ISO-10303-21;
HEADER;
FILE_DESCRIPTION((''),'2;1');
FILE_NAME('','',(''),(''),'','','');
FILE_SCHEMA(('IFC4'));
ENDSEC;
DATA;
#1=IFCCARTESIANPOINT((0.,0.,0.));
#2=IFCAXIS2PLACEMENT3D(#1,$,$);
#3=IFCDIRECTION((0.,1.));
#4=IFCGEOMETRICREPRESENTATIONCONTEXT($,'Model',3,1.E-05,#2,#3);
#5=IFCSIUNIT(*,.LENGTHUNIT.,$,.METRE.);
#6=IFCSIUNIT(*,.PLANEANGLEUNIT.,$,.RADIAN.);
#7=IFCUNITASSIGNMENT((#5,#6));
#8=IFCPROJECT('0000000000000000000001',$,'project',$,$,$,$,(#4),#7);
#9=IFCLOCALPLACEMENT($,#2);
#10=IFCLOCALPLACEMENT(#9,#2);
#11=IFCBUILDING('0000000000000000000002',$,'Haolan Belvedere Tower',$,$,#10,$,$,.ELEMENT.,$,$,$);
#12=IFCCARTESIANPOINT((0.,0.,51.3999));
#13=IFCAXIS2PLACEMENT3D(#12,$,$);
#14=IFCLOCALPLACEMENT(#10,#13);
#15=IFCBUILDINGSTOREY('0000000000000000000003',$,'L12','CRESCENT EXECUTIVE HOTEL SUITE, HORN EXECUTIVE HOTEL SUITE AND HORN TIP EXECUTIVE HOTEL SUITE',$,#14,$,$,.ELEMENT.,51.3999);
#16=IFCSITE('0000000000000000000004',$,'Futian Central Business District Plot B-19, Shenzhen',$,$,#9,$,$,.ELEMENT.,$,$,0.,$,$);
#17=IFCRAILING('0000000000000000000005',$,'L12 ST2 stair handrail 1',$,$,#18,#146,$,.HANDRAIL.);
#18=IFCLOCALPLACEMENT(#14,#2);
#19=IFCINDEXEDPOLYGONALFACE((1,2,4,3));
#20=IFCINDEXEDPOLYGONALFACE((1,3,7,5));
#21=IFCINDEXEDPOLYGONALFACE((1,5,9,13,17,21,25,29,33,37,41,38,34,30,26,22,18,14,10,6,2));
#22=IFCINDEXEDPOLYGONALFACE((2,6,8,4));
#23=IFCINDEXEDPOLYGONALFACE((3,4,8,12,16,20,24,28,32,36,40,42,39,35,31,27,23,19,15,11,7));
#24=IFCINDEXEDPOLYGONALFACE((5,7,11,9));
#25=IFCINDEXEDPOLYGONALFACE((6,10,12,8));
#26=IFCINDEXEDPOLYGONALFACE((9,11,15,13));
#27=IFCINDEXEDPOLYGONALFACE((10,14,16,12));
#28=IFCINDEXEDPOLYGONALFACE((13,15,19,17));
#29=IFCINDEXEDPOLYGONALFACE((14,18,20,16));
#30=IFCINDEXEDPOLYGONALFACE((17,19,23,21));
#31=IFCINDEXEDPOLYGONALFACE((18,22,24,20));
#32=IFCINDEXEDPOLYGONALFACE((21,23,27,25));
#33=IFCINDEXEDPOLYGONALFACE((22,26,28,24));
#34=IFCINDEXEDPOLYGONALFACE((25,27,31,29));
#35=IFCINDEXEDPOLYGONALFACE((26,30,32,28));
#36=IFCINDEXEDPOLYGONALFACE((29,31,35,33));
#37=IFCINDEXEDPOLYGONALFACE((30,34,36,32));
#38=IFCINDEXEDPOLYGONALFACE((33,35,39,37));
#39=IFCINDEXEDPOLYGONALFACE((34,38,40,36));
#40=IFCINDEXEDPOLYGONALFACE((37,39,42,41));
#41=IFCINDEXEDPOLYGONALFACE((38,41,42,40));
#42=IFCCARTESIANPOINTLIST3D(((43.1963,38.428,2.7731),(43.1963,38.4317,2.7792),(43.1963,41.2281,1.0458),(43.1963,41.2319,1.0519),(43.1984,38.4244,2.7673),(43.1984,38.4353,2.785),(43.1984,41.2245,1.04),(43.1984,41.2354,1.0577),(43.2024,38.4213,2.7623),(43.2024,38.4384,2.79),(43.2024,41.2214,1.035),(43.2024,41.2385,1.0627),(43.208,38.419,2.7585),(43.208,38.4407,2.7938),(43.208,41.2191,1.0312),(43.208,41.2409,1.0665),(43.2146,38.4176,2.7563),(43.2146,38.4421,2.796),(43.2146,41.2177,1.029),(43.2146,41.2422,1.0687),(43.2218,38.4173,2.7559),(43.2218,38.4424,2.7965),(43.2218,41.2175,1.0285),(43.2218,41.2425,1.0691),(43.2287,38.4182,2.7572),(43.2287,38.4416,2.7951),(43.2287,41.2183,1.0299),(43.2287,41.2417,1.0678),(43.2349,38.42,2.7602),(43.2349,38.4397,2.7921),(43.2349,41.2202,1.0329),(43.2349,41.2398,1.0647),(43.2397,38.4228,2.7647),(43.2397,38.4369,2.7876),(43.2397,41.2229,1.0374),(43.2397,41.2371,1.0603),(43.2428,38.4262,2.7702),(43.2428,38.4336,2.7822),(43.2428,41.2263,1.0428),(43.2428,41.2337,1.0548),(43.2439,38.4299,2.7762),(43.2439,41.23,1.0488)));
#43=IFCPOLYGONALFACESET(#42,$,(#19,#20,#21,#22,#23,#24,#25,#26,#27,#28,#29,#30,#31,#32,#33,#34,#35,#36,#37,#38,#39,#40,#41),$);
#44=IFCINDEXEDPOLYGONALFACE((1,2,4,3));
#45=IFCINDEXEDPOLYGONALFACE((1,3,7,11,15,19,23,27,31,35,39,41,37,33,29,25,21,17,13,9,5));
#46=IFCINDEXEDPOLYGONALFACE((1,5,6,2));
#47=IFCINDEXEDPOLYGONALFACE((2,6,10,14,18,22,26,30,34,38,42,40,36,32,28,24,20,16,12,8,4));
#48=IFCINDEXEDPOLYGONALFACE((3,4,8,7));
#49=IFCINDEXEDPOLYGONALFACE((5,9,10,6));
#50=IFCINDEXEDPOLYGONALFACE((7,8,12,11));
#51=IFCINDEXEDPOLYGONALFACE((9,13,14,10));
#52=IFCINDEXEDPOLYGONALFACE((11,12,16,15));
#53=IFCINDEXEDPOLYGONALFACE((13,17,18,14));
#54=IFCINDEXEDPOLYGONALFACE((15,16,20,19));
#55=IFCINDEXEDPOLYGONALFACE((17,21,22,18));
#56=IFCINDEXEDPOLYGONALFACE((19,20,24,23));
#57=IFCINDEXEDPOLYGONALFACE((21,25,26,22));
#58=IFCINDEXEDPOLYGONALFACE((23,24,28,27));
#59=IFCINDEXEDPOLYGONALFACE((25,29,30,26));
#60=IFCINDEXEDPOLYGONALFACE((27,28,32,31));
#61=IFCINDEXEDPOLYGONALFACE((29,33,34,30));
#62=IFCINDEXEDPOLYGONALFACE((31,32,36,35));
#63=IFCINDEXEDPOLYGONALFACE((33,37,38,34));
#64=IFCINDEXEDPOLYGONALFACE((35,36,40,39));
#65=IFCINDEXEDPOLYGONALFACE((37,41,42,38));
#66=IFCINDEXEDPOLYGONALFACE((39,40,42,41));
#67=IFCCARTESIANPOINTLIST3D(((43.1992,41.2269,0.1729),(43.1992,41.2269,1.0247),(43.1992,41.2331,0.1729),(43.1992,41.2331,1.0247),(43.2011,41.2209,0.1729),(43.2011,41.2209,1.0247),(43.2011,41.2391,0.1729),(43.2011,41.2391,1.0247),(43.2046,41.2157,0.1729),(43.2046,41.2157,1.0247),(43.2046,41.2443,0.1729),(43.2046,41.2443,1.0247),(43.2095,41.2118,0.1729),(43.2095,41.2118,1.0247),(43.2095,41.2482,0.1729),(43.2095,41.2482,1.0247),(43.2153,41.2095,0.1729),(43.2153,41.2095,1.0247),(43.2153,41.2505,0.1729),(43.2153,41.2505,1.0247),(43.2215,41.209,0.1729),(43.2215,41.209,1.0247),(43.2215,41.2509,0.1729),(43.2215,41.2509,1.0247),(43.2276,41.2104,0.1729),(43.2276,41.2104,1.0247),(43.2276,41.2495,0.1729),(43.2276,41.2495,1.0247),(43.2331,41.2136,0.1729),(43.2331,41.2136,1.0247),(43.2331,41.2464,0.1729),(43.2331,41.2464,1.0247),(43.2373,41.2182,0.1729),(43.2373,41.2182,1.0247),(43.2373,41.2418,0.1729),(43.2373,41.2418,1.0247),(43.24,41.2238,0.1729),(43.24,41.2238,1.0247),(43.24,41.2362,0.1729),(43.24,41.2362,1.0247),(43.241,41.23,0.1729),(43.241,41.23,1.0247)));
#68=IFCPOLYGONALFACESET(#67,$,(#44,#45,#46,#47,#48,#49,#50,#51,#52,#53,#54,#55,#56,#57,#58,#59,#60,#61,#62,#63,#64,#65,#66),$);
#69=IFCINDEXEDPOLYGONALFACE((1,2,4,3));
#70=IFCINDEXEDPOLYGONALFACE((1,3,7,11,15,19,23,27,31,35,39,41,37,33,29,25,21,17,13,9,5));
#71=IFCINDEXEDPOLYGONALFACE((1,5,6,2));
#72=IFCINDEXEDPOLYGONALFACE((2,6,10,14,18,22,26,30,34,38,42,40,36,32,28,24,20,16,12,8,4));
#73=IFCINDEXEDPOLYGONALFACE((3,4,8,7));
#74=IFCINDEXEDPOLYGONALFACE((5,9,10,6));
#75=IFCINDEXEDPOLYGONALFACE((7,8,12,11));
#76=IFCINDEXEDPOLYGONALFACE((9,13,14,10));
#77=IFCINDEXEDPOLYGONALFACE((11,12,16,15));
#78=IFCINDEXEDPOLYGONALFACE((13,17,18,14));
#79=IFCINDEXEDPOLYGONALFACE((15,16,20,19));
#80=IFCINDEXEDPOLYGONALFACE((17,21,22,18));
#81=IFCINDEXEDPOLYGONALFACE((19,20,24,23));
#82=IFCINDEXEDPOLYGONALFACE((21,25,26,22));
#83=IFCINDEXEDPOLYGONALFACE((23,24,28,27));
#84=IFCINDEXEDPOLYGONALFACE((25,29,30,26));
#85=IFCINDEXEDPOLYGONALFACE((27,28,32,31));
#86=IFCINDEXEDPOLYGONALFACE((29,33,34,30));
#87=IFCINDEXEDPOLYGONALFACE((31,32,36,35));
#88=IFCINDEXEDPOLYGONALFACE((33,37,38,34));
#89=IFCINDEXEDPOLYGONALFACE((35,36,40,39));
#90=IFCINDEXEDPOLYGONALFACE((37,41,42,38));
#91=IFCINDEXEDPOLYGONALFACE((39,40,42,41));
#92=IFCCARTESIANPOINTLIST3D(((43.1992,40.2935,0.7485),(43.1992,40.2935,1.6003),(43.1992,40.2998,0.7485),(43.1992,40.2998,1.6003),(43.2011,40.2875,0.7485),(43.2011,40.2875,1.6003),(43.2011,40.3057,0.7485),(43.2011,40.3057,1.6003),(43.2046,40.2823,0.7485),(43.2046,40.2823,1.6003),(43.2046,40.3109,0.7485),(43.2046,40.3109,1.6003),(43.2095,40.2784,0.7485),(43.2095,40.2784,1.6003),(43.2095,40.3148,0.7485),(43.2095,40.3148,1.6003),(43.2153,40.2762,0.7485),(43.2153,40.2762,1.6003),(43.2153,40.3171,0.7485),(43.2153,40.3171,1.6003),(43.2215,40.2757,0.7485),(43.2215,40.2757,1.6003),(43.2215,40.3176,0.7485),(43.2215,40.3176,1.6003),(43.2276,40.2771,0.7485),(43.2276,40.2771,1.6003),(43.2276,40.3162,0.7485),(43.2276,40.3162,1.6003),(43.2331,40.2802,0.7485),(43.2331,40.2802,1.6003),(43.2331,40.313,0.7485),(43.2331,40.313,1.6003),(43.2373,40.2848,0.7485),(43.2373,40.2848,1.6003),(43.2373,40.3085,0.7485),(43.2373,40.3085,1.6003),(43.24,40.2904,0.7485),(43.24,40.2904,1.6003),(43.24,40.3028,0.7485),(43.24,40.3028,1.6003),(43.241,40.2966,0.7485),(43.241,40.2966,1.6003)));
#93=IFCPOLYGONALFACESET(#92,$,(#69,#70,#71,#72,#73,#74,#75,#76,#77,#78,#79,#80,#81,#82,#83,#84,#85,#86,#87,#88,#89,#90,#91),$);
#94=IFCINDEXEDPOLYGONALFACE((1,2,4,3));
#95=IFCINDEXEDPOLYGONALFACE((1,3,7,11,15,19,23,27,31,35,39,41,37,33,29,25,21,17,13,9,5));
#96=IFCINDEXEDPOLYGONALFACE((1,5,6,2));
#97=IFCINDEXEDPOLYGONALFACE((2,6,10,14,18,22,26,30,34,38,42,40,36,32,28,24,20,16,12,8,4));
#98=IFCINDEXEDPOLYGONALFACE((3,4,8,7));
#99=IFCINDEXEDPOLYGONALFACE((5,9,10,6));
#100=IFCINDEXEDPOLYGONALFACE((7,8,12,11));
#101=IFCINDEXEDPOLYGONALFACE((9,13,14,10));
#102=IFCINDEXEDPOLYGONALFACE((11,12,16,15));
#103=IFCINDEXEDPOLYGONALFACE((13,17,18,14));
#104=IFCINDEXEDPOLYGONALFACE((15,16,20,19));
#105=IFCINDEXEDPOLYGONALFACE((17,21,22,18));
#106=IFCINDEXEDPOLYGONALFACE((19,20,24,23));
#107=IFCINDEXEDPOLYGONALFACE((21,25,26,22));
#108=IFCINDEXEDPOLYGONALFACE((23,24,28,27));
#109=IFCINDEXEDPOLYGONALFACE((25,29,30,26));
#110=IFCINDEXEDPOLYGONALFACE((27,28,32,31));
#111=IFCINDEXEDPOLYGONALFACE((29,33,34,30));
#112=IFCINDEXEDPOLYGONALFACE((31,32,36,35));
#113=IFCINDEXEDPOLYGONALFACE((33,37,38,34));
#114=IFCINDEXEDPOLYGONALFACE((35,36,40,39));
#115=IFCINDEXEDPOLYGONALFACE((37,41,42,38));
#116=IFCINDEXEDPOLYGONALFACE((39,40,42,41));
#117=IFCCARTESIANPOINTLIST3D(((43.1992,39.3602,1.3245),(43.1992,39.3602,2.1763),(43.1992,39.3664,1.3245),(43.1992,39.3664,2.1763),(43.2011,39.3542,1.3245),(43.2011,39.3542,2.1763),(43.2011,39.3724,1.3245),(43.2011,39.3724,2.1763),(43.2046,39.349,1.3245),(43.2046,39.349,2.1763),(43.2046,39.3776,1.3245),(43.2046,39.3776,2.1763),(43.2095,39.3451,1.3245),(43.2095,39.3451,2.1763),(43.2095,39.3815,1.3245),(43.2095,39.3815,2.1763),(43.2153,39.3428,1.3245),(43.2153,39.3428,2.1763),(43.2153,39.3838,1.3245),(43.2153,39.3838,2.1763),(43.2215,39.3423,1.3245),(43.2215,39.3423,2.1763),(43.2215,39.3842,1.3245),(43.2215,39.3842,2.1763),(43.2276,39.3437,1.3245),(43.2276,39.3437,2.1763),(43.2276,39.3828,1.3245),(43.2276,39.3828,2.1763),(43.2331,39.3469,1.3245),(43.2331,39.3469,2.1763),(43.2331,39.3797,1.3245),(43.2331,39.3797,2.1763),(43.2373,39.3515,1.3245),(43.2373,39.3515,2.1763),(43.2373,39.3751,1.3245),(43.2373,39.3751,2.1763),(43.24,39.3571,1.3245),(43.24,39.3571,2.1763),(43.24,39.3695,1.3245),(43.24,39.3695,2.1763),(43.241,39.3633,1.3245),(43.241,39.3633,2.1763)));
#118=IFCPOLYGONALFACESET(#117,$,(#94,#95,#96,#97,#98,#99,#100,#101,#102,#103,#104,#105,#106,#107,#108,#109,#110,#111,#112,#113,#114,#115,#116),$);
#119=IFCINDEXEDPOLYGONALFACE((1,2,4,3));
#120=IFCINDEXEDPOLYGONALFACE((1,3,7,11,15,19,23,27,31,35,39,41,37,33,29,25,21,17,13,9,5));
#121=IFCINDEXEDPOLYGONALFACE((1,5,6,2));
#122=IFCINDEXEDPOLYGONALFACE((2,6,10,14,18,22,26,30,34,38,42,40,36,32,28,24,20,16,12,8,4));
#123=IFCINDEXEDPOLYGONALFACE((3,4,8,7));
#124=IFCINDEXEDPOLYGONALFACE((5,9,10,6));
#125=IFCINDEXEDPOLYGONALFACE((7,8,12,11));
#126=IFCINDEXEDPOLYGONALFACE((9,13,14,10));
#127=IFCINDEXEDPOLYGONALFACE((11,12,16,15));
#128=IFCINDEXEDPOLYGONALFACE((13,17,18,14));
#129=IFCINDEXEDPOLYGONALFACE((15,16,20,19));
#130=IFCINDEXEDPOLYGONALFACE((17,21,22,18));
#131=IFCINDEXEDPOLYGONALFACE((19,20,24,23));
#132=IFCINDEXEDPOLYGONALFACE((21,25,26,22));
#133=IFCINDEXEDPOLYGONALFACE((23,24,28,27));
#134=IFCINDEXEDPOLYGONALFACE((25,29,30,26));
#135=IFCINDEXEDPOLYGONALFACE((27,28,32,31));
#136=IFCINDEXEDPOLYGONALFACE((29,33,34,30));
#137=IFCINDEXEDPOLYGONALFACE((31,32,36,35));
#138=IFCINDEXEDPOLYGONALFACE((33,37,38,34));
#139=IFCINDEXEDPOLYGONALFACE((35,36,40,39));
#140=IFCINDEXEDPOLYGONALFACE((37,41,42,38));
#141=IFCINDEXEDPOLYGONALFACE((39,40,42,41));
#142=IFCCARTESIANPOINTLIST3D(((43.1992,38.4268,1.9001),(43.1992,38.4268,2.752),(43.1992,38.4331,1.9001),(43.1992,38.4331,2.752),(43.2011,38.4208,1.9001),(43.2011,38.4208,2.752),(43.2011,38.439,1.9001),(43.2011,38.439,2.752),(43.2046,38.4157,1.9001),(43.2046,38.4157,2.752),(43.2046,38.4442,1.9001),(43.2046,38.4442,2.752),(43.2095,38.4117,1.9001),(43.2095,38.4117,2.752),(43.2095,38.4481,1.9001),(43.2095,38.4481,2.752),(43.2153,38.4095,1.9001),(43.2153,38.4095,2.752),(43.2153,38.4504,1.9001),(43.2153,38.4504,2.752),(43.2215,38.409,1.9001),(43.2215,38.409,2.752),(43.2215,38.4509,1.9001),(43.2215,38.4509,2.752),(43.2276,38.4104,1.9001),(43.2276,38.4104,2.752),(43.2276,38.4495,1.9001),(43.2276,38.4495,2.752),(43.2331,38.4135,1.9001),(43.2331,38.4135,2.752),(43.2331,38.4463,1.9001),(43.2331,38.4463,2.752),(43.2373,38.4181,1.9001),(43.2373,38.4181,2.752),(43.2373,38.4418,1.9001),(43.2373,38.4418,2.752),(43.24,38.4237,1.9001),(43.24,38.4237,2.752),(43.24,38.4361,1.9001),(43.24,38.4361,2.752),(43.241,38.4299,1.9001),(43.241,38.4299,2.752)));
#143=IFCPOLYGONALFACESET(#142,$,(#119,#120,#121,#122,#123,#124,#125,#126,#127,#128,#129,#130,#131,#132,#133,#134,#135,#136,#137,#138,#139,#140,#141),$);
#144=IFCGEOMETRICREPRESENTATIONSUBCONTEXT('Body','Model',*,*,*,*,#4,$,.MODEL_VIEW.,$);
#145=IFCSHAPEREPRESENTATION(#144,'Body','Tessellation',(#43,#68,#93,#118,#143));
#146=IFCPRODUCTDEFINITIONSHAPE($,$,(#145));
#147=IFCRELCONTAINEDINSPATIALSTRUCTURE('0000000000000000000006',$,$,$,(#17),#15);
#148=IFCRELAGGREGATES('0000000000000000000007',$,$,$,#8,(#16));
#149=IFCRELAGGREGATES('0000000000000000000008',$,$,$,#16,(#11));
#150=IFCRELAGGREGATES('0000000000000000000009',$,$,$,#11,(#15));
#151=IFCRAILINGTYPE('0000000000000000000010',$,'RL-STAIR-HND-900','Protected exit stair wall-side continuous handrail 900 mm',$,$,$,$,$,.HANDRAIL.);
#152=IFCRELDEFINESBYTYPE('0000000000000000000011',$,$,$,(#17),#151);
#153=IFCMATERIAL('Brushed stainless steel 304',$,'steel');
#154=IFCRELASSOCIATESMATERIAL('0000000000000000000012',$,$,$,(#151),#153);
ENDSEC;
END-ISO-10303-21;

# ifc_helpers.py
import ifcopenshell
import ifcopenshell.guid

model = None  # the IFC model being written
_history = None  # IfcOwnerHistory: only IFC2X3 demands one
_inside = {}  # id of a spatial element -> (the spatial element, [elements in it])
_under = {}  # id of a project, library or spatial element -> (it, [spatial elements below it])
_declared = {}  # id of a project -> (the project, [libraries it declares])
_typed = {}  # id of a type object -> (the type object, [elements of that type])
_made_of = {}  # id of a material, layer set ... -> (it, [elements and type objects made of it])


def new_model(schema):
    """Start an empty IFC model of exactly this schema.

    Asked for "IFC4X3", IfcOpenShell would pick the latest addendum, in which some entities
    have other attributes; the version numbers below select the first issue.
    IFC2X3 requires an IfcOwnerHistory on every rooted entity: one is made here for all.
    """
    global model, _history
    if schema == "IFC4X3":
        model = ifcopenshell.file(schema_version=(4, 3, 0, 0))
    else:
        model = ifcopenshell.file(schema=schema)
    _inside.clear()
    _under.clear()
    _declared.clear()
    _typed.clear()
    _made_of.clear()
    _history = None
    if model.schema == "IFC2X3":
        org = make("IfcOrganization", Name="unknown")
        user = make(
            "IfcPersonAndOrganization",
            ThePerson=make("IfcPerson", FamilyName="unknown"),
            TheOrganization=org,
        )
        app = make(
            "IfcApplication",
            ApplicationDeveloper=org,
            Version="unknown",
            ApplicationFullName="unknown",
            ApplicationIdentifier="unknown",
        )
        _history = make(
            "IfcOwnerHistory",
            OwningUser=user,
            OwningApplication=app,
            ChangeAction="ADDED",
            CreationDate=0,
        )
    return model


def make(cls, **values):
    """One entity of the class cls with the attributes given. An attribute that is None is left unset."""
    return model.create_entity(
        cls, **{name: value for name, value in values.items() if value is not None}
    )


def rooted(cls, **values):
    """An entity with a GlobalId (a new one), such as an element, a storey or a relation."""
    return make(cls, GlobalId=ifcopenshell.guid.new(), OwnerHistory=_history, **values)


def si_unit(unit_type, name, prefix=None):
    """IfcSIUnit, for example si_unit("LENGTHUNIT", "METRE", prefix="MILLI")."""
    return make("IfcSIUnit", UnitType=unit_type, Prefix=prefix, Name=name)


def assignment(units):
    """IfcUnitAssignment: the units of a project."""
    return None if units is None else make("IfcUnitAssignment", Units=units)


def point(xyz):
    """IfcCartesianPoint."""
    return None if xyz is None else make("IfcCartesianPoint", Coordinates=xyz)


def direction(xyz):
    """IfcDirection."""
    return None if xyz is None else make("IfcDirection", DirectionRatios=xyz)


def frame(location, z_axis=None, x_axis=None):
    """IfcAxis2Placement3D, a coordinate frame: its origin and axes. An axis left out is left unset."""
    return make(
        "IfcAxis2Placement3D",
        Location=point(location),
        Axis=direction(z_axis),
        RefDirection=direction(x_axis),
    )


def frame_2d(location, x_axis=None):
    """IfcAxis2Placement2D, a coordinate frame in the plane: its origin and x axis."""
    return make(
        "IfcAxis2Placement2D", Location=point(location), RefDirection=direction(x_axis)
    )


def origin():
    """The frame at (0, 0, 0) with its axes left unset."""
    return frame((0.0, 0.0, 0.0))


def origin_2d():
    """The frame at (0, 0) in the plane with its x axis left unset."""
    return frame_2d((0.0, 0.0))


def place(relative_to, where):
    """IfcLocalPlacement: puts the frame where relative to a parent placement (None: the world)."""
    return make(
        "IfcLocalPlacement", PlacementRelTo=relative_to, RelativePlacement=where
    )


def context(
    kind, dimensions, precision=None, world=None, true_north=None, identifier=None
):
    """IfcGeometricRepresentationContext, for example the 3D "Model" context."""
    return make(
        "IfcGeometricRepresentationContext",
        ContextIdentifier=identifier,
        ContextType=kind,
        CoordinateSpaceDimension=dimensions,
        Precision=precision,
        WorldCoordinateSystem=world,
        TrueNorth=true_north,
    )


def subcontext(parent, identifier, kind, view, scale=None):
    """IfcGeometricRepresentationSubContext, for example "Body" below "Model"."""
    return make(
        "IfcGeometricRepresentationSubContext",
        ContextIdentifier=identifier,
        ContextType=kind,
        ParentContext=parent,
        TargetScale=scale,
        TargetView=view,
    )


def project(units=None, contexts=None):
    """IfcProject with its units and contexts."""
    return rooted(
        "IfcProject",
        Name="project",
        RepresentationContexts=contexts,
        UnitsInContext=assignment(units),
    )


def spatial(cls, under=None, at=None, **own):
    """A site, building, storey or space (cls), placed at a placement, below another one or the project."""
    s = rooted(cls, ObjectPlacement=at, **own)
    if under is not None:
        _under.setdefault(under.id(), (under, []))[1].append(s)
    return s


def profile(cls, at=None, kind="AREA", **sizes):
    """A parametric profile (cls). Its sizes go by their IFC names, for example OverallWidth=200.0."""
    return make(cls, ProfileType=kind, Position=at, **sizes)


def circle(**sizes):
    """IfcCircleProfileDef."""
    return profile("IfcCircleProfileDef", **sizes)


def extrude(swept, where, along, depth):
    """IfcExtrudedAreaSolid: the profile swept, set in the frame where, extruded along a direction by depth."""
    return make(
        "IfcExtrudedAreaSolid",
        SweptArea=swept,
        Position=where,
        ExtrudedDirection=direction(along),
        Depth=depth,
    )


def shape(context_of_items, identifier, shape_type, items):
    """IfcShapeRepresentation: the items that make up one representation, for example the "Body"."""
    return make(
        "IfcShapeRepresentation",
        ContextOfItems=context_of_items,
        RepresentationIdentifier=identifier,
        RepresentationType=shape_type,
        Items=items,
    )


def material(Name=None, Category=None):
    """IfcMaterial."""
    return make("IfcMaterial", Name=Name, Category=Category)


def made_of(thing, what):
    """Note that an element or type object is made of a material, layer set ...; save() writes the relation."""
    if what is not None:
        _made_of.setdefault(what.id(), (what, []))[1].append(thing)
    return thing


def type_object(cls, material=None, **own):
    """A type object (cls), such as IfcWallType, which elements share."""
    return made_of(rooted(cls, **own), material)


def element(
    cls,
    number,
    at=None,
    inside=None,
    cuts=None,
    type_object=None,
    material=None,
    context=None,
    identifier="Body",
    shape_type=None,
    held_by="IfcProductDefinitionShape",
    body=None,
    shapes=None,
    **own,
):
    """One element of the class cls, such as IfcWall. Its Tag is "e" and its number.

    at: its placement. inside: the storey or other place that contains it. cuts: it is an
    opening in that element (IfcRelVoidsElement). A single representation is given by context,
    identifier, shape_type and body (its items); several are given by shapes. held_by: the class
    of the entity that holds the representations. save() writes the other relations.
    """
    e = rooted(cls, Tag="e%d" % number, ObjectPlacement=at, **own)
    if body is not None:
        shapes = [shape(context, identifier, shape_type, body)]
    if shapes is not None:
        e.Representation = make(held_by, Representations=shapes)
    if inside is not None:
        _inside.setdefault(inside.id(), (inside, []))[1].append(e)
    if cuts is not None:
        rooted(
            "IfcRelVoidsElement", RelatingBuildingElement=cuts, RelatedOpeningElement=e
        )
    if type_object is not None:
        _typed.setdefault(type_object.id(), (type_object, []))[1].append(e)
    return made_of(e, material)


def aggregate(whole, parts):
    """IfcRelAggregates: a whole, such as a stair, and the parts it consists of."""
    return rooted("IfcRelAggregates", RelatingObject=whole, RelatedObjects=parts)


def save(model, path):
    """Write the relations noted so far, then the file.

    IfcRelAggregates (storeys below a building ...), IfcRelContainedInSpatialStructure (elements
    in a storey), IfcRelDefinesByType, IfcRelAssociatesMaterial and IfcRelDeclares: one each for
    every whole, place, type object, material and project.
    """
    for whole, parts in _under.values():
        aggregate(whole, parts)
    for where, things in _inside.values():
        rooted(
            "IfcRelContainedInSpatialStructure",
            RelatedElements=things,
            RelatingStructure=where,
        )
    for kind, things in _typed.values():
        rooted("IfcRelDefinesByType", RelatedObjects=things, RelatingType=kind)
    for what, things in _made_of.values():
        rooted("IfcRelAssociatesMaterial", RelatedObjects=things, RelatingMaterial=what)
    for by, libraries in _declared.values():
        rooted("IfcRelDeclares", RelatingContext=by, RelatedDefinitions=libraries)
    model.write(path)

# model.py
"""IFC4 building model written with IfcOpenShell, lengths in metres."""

from ifc_helpers import new_model, si_unit, direction, frame, origin, origin_2d, place, context, subcontext, project, spatial, circle, extrude, material, type_object, element, save


model = new_model("IFC4")

# Units and contexts
model_context = context("Model", 3, precision=1e-05, world=origin(), true_north=direction((0.0, 1.0)))
body_context = subcontext(model_context, "Body", "Model", "MODEL_VIEW")
ifc_project = project(units=[si_unit("LENGTHUNIT", "METRE"), si_unit("PLANEANGLEUNIT", "RADIAN")], contexts=[model_context])

# Site, building, storey
site_placement = place(None, origin())
site = spatial("IfcSite", under=ifc_project, at=site_placement, Name="Futian Central Business District Plot B-19, Shenzhen", CompositionType="ELEMENT", RefElevation=0.0)
building_placement = place(site_placement, origin())
building = spatial("IfcBuilding", under=site, at=building_placement, Name="Haolan Belvedere Tower", CompositionType="ELEMENT")
storey_placement = place(building_placement, frame((0.0, 0.0, 51.3999)))
storey = spatial("IfcBuildingStorey", under=building, at=storey_placement, Name="L12", Description="CRESCENT EXECUTIVE HOTEL SUITE, HORN EXECUTIVE HOTEL SUITE AND HORN TIP EXECUTIVE HOTEL SUITE", CompositionType="ELEMENT", Elevation=51.3999)

# Railing
ifc_material_1 = material(Name="Brushed stainless steel 304", Category="steel")
railing_type_1 = type_object("IfcRailingType", Name="RL-STAIR-HND-900", Description="Protected exit stair wall-side continuous handrail 900 mm", PredefinedType="HANDRAIL", material=ifc_material_1)
railing_1_placement = place(storey_placement, frame((43.22, 41.23, 0.1729)))
element("IfcRailing", 1, at=railing_1_placement, inside=storey, type_object=railing_type_1, Name="L12 ST2 stair handrail 1", PredefinedType="HANDRAIL", context=body_context, shape_type="SweptSolid", body=[
    extrude(circle(Radius=0.0239, at=origin_2d()), frame((0.0, 0.0, 0.876), z_axis=(0.0, -0.85109, 0.52502), x_axis=(1.0, 0.0, 0.0)), (0.0, 0.0, 1.0), 3.29),
    extrude(circle(Radius=0.021, at=origin_2d()), origin(), (0.0, 0.0, 1.0), 0.8518),
    extrude(circle(Radius=0.021, at=origin_2d()), frame((0.0, -0.9333, 0.5757)), (0.0, 0.0, 1.0), 0.8518),
    extrude(circle(Radius=0.021, at=origin_2d()), frame((0.0, -1.8667, 1.1516)), (0.0, 0.0, 1.0), 0.8518),
    extrude(circle(Radius=0.021, at=origin_2d()), frame((0.0, -2.8, 1.7273)), (0.0, 0.0, 1.0), 0.8518),
])

save(model, "model.ifc")
